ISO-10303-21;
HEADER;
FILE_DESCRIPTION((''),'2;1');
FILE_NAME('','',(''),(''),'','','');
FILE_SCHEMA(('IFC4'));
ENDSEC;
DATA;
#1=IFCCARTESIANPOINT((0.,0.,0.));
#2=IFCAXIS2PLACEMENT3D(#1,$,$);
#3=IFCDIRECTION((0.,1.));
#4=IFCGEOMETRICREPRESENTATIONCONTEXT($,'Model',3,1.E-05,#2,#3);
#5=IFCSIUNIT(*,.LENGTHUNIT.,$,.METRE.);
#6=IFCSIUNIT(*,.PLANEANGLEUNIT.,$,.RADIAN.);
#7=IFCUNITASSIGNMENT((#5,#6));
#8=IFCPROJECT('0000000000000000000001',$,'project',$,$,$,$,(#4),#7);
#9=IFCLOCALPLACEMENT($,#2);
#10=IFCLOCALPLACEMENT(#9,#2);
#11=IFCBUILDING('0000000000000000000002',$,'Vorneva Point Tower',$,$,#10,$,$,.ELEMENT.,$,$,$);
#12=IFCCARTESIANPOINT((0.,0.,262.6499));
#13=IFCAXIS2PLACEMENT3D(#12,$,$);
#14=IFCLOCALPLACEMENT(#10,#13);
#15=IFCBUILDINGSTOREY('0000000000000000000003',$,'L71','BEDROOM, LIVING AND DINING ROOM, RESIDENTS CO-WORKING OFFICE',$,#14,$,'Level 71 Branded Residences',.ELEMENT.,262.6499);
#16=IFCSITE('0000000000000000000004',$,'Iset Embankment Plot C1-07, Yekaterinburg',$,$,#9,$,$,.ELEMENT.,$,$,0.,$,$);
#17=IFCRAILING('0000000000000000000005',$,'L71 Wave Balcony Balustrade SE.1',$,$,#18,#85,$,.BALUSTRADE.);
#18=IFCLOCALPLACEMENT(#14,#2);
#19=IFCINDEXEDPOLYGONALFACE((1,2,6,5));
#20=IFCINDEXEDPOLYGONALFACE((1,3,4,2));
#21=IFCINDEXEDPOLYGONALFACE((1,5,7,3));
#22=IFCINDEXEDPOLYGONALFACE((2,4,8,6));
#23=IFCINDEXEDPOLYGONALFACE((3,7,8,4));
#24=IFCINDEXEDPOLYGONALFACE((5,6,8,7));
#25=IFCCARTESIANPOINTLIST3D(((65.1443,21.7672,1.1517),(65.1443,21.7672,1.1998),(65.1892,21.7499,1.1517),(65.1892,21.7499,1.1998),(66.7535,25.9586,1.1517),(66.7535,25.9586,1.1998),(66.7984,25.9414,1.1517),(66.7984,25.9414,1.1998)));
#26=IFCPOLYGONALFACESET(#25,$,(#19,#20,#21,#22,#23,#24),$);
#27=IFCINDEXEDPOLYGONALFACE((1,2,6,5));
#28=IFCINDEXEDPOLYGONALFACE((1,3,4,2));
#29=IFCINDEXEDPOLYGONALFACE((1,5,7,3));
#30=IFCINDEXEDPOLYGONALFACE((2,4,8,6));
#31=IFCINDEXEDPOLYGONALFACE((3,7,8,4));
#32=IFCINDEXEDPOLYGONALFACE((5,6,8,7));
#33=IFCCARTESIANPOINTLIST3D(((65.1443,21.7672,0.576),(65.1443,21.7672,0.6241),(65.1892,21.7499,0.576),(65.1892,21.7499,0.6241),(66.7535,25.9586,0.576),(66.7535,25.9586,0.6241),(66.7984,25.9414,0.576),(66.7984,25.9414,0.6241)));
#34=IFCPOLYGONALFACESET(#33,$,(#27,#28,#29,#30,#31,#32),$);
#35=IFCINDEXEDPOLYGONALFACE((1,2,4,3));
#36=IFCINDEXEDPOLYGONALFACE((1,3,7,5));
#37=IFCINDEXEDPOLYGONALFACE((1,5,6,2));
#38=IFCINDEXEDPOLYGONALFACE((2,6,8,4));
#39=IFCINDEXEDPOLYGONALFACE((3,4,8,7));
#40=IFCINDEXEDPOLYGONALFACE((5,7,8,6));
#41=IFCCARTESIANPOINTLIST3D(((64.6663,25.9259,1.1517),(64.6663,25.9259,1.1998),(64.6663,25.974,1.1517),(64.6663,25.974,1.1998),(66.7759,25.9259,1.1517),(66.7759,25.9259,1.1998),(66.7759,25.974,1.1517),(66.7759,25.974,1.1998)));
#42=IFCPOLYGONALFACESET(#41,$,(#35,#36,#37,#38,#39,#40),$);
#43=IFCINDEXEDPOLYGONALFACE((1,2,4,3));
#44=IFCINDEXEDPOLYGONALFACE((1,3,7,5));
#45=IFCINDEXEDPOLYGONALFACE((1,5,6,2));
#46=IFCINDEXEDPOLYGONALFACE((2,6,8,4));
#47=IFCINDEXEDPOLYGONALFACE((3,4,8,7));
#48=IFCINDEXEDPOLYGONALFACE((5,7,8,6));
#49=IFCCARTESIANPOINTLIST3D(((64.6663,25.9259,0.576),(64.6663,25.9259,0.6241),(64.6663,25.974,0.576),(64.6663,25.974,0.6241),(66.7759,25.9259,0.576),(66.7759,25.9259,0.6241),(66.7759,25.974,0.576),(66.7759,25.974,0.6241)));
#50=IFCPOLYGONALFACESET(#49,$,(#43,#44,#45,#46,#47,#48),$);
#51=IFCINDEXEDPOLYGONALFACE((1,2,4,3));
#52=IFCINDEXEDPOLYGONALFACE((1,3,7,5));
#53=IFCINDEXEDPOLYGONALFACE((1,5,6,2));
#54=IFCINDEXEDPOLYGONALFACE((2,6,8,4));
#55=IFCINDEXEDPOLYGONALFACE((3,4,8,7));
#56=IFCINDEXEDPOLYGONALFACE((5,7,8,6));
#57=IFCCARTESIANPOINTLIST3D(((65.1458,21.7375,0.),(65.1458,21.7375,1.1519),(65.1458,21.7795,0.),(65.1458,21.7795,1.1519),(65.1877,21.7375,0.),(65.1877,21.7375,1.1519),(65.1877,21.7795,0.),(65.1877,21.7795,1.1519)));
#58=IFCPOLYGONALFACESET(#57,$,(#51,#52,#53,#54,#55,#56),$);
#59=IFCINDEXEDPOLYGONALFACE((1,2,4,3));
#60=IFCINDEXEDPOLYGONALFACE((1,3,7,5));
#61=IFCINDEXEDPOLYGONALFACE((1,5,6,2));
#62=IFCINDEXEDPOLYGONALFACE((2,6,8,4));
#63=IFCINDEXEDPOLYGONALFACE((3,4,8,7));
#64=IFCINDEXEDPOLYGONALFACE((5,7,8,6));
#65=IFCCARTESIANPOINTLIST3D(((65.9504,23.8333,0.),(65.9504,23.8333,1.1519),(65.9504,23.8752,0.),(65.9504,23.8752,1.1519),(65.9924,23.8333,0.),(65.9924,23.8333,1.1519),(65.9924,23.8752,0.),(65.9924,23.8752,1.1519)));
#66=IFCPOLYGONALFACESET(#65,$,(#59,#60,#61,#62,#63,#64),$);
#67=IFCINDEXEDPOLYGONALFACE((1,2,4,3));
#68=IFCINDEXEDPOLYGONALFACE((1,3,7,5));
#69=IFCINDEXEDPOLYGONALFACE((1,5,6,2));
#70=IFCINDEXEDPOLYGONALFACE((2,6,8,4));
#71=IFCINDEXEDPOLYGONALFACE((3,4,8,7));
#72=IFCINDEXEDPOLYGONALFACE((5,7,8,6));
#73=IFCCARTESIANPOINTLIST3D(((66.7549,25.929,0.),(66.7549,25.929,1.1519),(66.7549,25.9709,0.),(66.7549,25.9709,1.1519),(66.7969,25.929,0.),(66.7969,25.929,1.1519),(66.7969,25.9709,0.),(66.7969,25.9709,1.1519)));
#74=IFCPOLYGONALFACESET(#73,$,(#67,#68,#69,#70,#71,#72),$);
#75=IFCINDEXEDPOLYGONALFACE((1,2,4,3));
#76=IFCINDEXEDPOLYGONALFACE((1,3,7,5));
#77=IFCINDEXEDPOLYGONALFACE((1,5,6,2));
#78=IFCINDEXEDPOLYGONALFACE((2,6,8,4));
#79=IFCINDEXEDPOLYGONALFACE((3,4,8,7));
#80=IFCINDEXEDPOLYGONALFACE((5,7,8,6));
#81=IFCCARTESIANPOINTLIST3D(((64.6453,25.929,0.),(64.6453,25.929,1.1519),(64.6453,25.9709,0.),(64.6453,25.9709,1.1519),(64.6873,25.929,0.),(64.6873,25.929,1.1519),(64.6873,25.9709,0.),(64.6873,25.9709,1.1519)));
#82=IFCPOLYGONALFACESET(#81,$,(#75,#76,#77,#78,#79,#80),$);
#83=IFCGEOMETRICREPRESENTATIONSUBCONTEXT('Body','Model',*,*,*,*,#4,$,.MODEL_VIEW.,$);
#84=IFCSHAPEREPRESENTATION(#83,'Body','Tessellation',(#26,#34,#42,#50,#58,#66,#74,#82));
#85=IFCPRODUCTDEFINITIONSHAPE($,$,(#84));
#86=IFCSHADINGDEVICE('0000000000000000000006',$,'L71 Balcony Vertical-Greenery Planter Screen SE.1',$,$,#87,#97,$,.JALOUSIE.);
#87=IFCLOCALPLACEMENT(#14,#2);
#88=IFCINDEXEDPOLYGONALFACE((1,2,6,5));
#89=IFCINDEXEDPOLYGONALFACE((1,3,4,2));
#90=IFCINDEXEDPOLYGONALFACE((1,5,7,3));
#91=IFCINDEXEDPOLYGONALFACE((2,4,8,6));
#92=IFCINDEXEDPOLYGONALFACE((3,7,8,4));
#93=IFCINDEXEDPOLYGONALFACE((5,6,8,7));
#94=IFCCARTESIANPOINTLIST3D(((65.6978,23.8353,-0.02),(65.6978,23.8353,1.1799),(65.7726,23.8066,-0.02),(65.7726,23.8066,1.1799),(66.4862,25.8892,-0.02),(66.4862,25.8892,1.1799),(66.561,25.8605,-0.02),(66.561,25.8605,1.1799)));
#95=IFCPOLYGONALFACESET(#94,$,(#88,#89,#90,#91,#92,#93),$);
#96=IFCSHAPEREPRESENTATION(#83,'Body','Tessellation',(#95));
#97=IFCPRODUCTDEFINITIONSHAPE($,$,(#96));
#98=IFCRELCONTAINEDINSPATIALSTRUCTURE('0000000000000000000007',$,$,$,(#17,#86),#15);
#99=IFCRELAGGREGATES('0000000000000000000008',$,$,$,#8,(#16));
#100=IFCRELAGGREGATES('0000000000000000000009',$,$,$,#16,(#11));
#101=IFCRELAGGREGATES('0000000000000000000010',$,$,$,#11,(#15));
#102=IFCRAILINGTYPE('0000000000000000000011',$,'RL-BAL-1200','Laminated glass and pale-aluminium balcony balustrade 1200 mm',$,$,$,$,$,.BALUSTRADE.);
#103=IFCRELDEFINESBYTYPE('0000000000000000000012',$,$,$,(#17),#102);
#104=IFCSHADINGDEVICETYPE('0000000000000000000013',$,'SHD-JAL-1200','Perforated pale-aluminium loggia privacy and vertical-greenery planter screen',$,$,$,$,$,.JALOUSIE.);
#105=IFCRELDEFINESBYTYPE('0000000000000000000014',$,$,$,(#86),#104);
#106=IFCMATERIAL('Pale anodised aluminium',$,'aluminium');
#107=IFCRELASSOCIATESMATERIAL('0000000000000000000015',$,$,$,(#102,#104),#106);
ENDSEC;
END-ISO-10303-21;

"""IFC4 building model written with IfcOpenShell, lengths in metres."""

from ifc_helpers import new_model, si_unit, direction, frame, origin, origin_2d, place, context, subcontext, project, spatial, rectangle, extrude, material, type_object, element, save


model = new_model("IFC4")

# Units and contexts
model_context = context("Model", 3, precision=1e-05, world=origin(), true_north=direction((0.0, 1.0)))
body_context = subcontext(model_context, "Body", "Model", "MODEL_VIEW")
ifc_project = project(units=[si_unit("LENGTHUNIT", "METRE"), si_unit("PLANEANGLEUNIT", "RADIAN")], contexts=[model_context])

# Site, building, storey
site_placement = place(None, origin())
site = spatial("IfcSite", under=ifc_project, at=site_placement, Name="Iset Embankment Plot C1-07, Yekaterinburg", CompositionType="ELEMENT", RefElevation=0.0)
building_placement = place(site_placement, origin())
building = spatial("IfcBuilding", under=site, at=building_placement, Name="Vorneva Point Tower", CompositionType="ELEMENT")
storey_placement = place(building_placement, frame((0.0, 0.0, 262.6499)))
storey = spatial("IfcBuildingStorey", under=building, at=storey_placement, Name="L71", Description="BEDROOM, LIVING AND DINING ROOM, RESIDENTS CO-WORKING OFFICE", LongName="Level 71 Branded Residences", CompositionType="ELEMENT", Elevation=262.6499)

# Shared definitions
ifc_material_1 = material(Name="Pale anodised aluminium", Category="aluminium")

# Railing
railing_type = type_object("IfcRailingType", Name="RL-BAL-1200", Description="Laminated glass and pale-aluminium balcony balustrade 1200 mm", PredefinedType="BALUSTRADE", material=ifc_material_1)
railing_placement = place(storey_placement, frame((65.1667, 21.7585, 0.0)))
element("IfcRailing", 1, at=railing_placement, inside=storey, type_object=railing_type, Name="L71 Wave Balcony Balustrade SE.1", PredefinedType="BALUSTRADE", context=body_context, shape_type="SweptSolid", body=[
    extrude(rectangle(XDim=0.0481, YDim=0.0481, at=origin_2d()), frame((0.0, 0.0, 1.1758), z_axis=(0.358407, 0.933565, 0.0), x_axis=(-0.933565, 0.358407, 0.0)), (0.0, 0.0, 1.0), 4.4897),
    extrude(rectangle(XDim=0.0481, YDim=0.0481, at=origin_2d()), frame((0.0, 0.0, 0.6001), z_axis=(0.358407, 0.933565, 0.0), x_axis=(-0.933565, 0.358407, 0.0)), (0.0, 0.0, 1.0), 4.4897),
    extrude(rectangle(XDim=0.0481, YDim=0.0481, at=origin_2d()), frame((1.6091, 4.1914, 1.1758), z_axis=(-1.0, 0.0, 0.0), x_axis=(0.0, -1.0, 0.0)), (0.0, 0.0, 1.0), 2.1096),
    extrude(rectangle(XDim=0.0481, YDim=0.0481, at=origin_2d()), frame((1.6091, 4.1914, 0.6001), z_axis=(-1.0, 0.0, 0.0), x_axis=(0.0, -1.0, 0.0)), (0.0, 0.0, 1.0), 2.1096),
    extrude(rectangle(XDim=0.042, YDim=0.042, at=origin_2d()), origin(), (0.0, 0.0, 1.0), 1.1519),
    extrude(rectangle(XDim=0.042, YDim=0.042, at=origin_2d()), frame((0.8047, 2.0957, 0.0)), (0.0, 0.0, 1.0), 1.1519),
    extrude(rectangle(XDim=0.042, YDim=0.042, at=origin_2d()), frame((1.6091, 4.1914, 0.0)), (0.0, 0.0, 1.0), 1.1519),
    extrude(rectangle(XDim=0.042, YDim=0.042, at=origin_2d()), frame((-0.5005, 4.1914, 0.0)), (0.0, 0.0, 1.0), 1.1519),
])

# Shading device
shading_device_type = type_object("IfcShadingDeviceType", Name="SHD-JAL-1200", Description="Perforated pale-aluminium loggia privacy and vertical-greenery planter screen", PredefinedType="JALOUSIE", material=ifc_material_1)
shading_device_placement = place(storey_placement, frame((66.1294, 24.8479, -0.02), z_axis=(0.0, 0.0, 1.0), x_axis=(0.358384, 0.933574, 0.0)))
element("IfcShadingDevice", 2, at=shading_device_placement, inside=storey, type_object=shading_device_type, Name="L71 Balcony Vertical-Greenery Planter Screen SE.1", PredefinedType="JALOUSIE", context=body_context, shape_type="SweptSolid", body=[
    extrude(rectangle(XDim=2.2, YDim=0.0801, at=origin_2d()), origin(), (0.0, 0.0, 1.0), 1.2),
])

save(model, "model.ifc")
